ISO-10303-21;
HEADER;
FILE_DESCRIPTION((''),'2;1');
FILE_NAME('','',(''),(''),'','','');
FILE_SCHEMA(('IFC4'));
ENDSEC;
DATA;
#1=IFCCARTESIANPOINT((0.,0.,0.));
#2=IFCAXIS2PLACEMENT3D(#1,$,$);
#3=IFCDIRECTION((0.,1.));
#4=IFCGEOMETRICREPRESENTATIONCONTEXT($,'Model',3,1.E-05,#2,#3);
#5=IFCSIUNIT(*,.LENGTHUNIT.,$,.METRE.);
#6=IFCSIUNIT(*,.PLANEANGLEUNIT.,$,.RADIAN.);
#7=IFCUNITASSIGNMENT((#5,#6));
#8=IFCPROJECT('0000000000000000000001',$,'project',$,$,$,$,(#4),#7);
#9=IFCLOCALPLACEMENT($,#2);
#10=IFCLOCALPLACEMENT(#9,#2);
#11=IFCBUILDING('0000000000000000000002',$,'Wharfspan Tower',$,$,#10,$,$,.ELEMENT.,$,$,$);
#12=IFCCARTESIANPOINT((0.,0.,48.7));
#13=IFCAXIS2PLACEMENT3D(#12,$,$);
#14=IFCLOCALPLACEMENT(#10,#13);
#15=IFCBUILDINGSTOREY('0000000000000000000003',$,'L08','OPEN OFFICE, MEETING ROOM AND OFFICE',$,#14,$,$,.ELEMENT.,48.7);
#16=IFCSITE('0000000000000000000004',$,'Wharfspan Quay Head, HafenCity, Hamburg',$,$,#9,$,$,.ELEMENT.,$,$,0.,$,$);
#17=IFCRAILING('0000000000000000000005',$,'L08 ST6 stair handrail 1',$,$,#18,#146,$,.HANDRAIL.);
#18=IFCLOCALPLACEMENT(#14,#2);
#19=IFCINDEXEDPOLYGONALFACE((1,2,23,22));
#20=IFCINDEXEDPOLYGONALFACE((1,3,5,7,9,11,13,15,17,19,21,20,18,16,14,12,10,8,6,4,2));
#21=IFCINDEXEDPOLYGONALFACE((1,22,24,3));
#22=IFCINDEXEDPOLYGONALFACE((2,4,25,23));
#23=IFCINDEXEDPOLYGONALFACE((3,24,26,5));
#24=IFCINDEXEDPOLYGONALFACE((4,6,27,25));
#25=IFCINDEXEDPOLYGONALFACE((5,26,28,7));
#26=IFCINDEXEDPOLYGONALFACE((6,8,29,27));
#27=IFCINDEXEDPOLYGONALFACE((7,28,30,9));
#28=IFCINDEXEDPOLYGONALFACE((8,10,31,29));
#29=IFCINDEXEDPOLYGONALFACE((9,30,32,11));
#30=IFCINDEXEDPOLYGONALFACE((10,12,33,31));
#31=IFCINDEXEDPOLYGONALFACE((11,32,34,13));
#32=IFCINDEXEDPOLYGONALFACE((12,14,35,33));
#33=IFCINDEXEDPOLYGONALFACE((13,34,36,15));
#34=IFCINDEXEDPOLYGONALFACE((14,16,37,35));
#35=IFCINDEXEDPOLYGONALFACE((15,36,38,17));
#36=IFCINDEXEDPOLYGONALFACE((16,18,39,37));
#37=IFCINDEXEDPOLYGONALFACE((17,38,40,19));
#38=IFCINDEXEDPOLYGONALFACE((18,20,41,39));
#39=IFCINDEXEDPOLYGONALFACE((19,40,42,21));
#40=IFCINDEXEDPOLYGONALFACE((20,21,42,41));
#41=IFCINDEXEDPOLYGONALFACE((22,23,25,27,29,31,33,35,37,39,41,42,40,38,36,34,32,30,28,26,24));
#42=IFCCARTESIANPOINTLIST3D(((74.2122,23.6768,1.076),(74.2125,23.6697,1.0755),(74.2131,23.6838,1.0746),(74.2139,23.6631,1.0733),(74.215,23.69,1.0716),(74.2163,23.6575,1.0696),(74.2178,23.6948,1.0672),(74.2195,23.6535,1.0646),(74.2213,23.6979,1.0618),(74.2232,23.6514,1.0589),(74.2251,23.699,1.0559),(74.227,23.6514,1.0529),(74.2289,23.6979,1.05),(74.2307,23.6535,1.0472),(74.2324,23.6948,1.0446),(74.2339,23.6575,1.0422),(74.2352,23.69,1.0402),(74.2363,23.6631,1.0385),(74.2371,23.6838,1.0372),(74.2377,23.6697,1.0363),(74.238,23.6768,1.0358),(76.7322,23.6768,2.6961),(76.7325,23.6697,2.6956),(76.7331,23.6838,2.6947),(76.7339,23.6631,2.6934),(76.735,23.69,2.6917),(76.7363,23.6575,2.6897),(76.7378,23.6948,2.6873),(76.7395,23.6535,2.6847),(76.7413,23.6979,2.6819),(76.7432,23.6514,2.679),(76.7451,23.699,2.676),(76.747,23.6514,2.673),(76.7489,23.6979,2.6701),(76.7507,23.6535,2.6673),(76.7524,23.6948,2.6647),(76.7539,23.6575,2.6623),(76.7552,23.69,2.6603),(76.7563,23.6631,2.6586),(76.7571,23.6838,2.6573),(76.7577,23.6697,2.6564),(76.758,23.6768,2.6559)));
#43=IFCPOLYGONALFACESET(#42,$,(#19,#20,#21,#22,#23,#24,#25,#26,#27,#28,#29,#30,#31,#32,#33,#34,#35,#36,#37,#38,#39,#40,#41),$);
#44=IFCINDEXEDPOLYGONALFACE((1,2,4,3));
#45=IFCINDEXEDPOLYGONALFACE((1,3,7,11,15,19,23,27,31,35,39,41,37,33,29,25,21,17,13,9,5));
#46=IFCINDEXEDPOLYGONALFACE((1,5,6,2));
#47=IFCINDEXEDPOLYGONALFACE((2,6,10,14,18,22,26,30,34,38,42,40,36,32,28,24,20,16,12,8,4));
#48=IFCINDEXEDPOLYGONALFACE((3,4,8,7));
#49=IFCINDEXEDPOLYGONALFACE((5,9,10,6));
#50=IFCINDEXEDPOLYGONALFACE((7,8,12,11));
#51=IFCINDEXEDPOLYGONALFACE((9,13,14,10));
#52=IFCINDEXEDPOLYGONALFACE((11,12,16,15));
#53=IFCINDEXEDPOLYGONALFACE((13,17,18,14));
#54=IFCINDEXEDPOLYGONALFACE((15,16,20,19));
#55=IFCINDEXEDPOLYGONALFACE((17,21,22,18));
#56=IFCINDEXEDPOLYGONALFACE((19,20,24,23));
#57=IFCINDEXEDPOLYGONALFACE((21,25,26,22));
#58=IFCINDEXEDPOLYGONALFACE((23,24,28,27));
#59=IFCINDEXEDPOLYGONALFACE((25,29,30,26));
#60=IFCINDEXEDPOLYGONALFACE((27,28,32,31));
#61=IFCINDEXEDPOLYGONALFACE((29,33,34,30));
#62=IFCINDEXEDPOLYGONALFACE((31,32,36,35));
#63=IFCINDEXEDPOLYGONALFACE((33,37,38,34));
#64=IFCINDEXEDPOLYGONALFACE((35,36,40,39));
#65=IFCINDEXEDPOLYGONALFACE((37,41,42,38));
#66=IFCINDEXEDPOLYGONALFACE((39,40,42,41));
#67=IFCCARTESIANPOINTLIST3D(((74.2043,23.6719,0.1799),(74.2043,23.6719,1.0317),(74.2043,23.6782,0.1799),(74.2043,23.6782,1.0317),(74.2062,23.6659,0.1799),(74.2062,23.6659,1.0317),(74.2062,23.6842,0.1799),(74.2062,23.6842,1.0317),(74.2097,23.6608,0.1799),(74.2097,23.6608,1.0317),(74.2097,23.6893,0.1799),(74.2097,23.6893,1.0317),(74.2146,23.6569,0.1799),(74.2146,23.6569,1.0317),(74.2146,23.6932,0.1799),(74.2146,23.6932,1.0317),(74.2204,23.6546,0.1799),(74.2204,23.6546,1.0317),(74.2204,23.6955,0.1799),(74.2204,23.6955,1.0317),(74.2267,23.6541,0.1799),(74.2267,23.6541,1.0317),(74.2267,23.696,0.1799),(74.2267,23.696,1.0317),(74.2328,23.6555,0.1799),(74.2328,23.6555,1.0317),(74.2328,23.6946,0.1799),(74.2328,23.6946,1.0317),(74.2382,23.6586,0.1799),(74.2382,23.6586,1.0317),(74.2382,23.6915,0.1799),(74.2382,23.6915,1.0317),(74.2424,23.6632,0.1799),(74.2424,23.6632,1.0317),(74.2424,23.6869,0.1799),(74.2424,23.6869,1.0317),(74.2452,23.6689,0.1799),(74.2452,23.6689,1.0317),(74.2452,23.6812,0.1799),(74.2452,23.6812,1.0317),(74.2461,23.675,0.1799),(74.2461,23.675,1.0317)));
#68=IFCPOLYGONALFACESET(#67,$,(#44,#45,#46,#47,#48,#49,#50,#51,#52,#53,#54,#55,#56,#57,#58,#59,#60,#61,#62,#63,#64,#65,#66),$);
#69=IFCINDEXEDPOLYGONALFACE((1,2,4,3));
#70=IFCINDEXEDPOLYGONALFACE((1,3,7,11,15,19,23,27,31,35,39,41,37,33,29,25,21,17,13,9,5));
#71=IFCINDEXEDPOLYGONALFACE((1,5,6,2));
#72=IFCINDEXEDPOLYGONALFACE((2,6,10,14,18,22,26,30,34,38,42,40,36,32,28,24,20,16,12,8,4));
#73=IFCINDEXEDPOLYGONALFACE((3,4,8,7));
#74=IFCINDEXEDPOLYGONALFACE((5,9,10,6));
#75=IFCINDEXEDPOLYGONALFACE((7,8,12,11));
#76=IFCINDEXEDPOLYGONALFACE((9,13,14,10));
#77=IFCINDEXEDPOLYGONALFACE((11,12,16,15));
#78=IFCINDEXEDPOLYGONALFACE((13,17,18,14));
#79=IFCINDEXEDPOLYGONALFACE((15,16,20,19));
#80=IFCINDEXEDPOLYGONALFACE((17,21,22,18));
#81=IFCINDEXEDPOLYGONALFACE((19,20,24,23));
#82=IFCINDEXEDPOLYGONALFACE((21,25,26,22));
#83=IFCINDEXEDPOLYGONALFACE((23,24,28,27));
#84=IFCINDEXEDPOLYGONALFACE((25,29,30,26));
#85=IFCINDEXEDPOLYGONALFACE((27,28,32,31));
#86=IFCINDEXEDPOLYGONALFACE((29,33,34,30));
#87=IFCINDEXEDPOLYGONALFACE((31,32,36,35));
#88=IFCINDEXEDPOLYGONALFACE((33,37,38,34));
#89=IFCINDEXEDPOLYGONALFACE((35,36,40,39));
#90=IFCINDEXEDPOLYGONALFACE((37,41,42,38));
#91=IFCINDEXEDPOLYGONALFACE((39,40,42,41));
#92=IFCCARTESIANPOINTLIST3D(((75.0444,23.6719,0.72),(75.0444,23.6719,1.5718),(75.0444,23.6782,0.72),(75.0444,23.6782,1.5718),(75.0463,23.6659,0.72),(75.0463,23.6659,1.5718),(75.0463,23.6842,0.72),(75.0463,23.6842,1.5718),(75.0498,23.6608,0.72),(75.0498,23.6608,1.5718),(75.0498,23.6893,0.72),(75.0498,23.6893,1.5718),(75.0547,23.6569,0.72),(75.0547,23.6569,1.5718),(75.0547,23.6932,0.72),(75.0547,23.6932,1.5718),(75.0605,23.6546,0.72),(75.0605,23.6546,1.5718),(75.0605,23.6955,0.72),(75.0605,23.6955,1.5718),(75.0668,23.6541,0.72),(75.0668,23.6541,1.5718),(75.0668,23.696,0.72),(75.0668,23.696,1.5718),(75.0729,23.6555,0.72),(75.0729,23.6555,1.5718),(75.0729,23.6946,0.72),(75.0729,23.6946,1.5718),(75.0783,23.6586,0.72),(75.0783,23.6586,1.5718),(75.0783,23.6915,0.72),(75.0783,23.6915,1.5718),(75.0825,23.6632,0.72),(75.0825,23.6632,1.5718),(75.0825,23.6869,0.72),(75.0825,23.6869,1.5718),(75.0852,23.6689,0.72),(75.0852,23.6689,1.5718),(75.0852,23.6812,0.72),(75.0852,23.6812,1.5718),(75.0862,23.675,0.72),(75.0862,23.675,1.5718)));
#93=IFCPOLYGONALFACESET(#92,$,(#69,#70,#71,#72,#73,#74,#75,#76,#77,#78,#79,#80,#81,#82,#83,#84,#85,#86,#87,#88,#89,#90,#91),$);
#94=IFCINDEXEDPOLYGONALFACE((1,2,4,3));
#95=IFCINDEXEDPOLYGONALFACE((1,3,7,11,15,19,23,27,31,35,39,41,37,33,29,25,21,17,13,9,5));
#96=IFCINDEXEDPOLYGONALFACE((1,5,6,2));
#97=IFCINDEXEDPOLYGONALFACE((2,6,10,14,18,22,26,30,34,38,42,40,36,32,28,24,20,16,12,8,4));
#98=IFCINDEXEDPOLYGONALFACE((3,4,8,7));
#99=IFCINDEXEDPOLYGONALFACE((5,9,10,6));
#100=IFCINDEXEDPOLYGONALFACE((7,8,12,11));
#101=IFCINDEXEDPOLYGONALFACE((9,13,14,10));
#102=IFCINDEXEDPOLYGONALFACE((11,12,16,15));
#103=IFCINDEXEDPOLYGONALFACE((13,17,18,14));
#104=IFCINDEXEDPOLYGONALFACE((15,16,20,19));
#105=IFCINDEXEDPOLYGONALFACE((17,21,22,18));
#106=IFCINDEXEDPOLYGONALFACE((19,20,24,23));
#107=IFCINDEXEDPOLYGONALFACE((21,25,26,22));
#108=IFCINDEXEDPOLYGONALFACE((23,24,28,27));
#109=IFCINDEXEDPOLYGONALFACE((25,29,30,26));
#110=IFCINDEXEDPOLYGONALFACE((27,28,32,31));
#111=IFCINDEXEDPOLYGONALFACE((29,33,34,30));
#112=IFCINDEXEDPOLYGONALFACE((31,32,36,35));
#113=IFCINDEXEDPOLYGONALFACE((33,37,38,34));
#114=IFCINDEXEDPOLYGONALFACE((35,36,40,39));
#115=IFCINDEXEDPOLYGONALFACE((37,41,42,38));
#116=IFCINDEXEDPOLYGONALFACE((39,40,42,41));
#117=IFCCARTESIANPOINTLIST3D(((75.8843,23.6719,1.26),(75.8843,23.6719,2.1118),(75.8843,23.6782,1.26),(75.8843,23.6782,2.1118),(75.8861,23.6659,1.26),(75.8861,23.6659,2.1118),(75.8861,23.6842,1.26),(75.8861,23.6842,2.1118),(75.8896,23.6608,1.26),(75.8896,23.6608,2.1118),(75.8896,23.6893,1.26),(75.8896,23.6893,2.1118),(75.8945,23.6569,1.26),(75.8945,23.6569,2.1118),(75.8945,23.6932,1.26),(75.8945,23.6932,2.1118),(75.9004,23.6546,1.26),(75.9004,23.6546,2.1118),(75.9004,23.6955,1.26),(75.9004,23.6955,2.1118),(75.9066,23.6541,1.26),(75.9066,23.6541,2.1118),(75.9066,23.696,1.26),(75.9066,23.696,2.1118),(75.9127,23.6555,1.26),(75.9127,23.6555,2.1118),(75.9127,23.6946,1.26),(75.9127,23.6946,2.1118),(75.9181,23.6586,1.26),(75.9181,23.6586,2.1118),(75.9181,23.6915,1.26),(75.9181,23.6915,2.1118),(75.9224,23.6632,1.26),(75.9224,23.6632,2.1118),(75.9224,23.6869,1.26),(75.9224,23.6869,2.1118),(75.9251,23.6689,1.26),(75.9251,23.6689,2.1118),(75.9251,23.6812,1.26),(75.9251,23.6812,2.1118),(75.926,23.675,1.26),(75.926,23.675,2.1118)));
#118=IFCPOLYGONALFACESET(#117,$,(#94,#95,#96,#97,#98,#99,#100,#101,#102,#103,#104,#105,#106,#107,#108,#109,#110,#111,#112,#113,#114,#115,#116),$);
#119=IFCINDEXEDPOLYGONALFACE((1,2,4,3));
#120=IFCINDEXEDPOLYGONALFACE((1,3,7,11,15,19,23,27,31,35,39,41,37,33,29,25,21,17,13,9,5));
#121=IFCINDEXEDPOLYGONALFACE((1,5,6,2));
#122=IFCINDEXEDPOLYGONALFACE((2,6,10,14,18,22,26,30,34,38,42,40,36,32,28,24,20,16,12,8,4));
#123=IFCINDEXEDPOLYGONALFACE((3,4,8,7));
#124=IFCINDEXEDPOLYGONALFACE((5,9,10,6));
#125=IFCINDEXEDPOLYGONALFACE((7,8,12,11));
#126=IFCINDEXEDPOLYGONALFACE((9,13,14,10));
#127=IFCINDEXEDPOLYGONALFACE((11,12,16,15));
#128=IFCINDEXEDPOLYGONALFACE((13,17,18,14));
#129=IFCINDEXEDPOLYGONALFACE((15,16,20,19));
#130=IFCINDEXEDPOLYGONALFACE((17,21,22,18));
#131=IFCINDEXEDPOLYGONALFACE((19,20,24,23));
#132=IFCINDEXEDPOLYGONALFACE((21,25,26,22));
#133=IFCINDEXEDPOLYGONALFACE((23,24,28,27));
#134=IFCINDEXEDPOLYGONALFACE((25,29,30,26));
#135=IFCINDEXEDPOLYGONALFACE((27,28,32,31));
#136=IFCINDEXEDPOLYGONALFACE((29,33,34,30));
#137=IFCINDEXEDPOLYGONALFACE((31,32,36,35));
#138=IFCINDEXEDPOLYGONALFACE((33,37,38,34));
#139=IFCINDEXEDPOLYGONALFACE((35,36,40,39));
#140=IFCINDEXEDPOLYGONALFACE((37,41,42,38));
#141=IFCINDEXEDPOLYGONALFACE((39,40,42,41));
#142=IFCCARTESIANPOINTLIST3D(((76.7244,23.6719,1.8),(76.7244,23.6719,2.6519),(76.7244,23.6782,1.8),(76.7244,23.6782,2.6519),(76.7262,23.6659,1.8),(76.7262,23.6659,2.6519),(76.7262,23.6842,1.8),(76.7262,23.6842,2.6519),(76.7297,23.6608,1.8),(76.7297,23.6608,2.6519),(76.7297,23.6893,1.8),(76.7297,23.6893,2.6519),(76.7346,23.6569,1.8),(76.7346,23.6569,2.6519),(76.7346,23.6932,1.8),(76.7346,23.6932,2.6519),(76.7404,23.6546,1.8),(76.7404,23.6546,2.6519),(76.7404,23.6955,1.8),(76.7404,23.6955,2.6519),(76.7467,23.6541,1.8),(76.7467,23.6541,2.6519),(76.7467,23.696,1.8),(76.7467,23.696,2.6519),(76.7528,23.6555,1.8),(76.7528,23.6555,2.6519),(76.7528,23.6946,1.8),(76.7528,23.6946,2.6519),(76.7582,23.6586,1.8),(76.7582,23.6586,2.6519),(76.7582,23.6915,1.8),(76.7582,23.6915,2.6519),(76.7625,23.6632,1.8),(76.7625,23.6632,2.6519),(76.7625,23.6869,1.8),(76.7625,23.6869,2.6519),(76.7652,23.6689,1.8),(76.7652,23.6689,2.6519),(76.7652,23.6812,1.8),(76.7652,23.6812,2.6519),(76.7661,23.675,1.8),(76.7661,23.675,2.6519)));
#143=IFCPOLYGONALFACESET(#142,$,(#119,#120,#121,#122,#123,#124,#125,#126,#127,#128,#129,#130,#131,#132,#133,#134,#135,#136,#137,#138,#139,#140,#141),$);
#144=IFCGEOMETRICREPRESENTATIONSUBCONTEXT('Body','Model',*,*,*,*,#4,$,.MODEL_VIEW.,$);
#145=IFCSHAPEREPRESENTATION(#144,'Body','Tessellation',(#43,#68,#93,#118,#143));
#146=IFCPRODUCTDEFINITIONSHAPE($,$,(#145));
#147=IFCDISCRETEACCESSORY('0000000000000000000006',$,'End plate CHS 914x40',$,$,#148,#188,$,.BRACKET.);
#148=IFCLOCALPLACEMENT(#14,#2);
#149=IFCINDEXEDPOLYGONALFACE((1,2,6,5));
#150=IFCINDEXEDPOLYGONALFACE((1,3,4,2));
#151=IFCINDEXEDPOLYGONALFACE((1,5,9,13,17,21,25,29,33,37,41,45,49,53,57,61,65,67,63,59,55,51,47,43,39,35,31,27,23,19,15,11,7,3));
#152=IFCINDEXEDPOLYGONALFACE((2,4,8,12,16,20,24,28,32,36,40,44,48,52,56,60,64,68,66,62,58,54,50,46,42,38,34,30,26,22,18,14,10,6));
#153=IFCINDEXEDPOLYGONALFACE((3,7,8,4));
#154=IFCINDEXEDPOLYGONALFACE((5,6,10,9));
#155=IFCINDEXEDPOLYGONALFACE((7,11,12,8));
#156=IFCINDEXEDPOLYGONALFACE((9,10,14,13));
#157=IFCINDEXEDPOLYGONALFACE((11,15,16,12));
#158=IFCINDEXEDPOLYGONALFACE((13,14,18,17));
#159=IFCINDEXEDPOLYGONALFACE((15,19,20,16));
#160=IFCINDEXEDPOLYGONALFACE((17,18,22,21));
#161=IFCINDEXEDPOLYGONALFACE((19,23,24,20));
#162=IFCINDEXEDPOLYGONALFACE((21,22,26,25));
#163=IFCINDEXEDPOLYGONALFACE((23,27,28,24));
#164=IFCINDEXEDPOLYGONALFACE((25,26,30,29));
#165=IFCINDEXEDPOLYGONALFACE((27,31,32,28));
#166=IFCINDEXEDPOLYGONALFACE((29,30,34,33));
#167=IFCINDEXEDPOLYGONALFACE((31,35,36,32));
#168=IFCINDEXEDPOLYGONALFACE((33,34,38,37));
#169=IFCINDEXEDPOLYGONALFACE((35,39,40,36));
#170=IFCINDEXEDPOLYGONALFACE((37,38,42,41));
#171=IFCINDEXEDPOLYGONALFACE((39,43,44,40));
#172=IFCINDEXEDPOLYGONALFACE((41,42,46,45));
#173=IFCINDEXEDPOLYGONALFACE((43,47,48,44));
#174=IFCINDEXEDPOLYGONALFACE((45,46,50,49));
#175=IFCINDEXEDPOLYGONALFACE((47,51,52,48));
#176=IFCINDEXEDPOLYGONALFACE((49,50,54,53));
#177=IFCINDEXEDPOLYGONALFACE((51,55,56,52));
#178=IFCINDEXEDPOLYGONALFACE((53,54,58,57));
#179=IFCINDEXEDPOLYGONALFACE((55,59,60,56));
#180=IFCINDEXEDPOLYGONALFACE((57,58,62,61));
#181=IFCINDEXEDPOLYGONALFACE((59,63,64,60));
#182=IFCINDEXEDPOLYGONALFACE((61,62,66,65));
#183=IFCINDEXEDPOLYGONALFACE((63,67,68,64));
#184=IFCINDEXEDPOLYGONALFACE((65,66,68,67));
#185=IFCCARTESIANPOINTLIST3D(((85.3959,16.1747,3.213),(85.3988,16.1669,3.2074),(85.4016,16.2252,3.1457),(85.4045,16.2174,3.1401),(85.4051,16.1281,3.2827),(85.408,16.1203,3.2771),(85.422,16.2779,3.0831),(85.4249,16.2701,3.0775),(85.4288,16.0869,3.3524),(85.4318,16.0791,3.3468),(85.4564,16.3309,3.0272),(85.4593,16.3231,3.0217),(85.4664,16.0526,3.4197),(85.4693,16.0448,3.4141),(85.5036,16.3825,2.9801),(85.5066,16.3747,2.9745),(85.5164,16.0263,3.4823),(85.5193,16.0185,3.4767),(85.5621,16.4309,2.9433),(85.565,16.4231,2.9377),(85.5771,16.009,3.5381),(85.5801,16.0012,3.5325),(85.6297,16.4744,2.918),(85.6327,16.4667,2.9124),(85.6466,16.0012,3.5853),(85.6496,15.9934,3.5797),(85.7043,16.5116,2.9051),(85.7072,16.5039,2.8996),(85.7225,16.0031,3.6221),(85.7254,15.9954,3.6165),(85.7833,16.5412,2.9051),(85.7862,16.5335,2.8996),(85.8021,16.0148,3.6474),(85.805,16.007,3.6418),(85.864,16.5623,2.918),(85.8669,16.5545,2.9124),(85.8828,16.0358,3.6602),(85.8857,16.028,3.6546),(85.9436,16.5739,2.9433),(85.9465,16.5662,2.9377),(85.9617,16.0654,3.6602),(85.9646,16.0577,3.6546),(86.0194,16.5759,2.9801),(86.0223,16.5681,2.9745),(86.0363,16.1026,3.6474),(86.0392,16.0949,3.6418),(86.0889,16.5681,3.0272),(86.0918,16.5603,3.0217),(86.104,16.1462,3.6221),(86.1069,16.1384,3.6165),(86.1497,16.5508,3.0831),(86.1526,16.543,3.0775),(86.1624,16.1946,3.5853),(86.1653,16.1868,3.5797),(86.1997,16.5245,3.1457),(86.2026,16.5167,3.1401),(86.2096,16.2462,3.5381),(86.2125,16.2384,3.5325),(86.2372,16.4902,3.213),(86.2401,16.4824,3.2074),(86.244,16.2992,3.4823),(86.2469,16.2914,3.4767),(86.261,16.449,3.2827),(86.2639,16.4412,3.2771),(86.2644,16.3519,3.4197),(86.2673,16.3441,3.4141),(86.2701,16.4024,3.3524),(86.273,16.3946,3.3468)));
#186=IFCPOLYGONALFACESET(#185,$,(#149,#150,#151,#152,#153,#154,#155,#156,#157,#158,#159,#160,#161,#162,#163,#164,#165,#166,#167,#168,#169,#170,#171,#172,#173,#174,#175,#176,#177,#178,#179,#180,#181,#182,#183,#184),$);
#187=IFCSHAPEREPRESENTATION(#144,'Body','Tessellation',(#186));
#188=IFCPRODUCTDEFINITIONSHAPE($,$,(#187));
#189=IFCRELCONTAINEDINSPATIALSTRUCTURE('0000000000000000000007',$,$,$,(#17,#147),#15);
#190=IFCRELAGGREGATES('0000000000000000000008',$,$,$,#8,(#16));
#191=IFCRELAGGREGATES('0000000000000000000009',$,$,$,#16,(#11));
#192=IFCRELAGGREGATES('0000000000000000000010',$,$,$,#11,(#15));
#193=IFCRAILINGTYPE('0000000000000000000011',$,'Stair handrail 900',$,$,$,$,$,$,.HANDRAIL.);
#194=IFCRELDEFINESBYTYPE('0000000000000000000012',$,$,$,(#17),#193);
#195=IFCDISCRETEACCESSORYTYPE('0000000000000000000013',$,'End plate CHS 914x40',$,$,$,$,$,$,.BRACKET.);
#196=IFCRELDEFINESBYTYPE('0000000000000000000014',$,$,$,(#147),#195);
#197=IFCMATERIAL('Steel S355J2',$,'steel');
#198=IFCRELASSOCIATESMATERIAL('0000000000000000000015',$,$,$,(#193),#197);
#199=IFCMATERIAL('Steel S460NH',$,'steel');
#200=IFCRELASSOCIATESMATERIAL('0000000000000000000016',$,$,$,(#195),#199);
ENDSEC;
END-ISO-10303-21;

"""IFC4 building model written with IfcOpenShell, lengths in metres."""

from ifc_helpers import new_model, si_unit, direction, frame, origin, origin_2d, place, context, subcontext, project, spatial, circle, extrude, material, material_profile, profile_set, type_object, element, save


model = new_model("IFC4")

# Units and contexts
model_context = context("Model", 3, precision=1e-05, world=origin(), true_north=direction((0.0, 1.0)))
body_context = subcontext(model_context, "Body", "Model", "MODEL_VIEW")
ifc_project = project(units=[si_unit("LENGTHUNIT", "METRE"), si_unit("PLANEANGLEUNIT", "RADIAN")], contexts=[model_context])

# Site, building, storey
site_placement = place(None, origin())
site = spatial("IfcSite", under=ifc_project, at=site_placement, Name="Wharfspan Quay Head, HafenCity, Hamburg", CompositionType="ELEMENT", RefElevation=0.0)
building_placement = place(site_placement, origin())
building = spatial("IfcBuilding", under=site, at=building_placement, Name="Wharfspan Tower", CompositionType="ELEMENT")
storey_placement = place(building_placement, frame((0.0, 0.0, 48.7)))
storey = spatial("IfcBuildingStorey", under=building, at=storey_placement, Name="L08", Description="OPEN OFFICE, MEETING ROOM AND OFFICE", CompositionType="ELEMENT", Elevation=48.7)

# Shared definitions
ifc_material_1 = material(Name="Steel S355J2", Category="steel")

# Shared definitions
ifc_material_2 = material(Name="Steel S460NH", Category="steel")

# Railing
railing_type_1 = type_object("IfcRailingType", Name="Stair handrail 900", PredefinedType="HANDRAIL", material=ifc_material_1)
railing_1_placement = place(storey_placement, frame((74.2251, 23.675, 0.1799)))
element("IfcRailing", 1, at=railing_1_placement, inside=storey, type_object=railing_type_1, Name="L08 ST6 stair handrail 1", PredefinedType="HANDRAIL", context=body_context, shape_type="SweptSolid", body=[
    extrude(circle(Radius=0.0239, at=origin_2d()), frame((0.0, 0.0, 0.876), z_axis=(0.841163, 0.0, 0.540782), x_axis=(0.0, 1.0, 0.0)), (0.0, 0.0, 1.0), 2.9958),
    extrude(circle(Radius=0.021, at=origin_2d()), origin(), (0.0, 0.0, 1.0), 0.8518),
    extrude(circle(Radius=0.021, at=origin_2d()), frame((0.8401, 0.0, 0.54)), (0.0, 0.0, 1.0), 0.8518),
    extrude(circle(Radius=0.021, at=origin_2d()), frame((1.6799, 0.0, 1.0801)), (0.0, 0.0, 1.0), 0.8518),
    extrude(circle(Radius=0.021, at=origin_2d()), frame((2.52, 0.0, 1.6201)), (0.0, 0.0, 1.0), 0.8518),
])

# Discrete accessory
ifc_material_profile_1 = material_profile(ifc_material_2, circle(Radius=0.457, at=origin_2d()))
ifc_profile_set_1 = profile_set([ifc_material_profile_1], Name="Steel S460NH")
discrete_accessory_type = type_object("IfcDiscreteAccessoryType", Name="End plate CHS 914x40", PredefinedType="BRACKET", material=ifc_profile_set_1)
for number, where, z_axis, x_axis, name in (
    (2, (85.8359, 16.2808, 3.2771), (-0.2913, 0.7768, 0.558325), (-0.936328, -0.351123, 0.0), "End plate CHS 914x40"),
):
    element("IfcDiscreteAccessory", number, at=place(storey_placement, frame(where, z_axis=z_axis, x_axis=x_axis)), inside=storey, type_object=discrete_accessory_type, Name=name, PredefinedType="BRACKET", context=body_context, shape_type="SweptSolid", body=[
        extrude(circle(Radius=0.457, at=origin_2d()), origin(), (0.0, 0.0, 1.0), 0.01),
    ])

save(model, "model.ifc")
